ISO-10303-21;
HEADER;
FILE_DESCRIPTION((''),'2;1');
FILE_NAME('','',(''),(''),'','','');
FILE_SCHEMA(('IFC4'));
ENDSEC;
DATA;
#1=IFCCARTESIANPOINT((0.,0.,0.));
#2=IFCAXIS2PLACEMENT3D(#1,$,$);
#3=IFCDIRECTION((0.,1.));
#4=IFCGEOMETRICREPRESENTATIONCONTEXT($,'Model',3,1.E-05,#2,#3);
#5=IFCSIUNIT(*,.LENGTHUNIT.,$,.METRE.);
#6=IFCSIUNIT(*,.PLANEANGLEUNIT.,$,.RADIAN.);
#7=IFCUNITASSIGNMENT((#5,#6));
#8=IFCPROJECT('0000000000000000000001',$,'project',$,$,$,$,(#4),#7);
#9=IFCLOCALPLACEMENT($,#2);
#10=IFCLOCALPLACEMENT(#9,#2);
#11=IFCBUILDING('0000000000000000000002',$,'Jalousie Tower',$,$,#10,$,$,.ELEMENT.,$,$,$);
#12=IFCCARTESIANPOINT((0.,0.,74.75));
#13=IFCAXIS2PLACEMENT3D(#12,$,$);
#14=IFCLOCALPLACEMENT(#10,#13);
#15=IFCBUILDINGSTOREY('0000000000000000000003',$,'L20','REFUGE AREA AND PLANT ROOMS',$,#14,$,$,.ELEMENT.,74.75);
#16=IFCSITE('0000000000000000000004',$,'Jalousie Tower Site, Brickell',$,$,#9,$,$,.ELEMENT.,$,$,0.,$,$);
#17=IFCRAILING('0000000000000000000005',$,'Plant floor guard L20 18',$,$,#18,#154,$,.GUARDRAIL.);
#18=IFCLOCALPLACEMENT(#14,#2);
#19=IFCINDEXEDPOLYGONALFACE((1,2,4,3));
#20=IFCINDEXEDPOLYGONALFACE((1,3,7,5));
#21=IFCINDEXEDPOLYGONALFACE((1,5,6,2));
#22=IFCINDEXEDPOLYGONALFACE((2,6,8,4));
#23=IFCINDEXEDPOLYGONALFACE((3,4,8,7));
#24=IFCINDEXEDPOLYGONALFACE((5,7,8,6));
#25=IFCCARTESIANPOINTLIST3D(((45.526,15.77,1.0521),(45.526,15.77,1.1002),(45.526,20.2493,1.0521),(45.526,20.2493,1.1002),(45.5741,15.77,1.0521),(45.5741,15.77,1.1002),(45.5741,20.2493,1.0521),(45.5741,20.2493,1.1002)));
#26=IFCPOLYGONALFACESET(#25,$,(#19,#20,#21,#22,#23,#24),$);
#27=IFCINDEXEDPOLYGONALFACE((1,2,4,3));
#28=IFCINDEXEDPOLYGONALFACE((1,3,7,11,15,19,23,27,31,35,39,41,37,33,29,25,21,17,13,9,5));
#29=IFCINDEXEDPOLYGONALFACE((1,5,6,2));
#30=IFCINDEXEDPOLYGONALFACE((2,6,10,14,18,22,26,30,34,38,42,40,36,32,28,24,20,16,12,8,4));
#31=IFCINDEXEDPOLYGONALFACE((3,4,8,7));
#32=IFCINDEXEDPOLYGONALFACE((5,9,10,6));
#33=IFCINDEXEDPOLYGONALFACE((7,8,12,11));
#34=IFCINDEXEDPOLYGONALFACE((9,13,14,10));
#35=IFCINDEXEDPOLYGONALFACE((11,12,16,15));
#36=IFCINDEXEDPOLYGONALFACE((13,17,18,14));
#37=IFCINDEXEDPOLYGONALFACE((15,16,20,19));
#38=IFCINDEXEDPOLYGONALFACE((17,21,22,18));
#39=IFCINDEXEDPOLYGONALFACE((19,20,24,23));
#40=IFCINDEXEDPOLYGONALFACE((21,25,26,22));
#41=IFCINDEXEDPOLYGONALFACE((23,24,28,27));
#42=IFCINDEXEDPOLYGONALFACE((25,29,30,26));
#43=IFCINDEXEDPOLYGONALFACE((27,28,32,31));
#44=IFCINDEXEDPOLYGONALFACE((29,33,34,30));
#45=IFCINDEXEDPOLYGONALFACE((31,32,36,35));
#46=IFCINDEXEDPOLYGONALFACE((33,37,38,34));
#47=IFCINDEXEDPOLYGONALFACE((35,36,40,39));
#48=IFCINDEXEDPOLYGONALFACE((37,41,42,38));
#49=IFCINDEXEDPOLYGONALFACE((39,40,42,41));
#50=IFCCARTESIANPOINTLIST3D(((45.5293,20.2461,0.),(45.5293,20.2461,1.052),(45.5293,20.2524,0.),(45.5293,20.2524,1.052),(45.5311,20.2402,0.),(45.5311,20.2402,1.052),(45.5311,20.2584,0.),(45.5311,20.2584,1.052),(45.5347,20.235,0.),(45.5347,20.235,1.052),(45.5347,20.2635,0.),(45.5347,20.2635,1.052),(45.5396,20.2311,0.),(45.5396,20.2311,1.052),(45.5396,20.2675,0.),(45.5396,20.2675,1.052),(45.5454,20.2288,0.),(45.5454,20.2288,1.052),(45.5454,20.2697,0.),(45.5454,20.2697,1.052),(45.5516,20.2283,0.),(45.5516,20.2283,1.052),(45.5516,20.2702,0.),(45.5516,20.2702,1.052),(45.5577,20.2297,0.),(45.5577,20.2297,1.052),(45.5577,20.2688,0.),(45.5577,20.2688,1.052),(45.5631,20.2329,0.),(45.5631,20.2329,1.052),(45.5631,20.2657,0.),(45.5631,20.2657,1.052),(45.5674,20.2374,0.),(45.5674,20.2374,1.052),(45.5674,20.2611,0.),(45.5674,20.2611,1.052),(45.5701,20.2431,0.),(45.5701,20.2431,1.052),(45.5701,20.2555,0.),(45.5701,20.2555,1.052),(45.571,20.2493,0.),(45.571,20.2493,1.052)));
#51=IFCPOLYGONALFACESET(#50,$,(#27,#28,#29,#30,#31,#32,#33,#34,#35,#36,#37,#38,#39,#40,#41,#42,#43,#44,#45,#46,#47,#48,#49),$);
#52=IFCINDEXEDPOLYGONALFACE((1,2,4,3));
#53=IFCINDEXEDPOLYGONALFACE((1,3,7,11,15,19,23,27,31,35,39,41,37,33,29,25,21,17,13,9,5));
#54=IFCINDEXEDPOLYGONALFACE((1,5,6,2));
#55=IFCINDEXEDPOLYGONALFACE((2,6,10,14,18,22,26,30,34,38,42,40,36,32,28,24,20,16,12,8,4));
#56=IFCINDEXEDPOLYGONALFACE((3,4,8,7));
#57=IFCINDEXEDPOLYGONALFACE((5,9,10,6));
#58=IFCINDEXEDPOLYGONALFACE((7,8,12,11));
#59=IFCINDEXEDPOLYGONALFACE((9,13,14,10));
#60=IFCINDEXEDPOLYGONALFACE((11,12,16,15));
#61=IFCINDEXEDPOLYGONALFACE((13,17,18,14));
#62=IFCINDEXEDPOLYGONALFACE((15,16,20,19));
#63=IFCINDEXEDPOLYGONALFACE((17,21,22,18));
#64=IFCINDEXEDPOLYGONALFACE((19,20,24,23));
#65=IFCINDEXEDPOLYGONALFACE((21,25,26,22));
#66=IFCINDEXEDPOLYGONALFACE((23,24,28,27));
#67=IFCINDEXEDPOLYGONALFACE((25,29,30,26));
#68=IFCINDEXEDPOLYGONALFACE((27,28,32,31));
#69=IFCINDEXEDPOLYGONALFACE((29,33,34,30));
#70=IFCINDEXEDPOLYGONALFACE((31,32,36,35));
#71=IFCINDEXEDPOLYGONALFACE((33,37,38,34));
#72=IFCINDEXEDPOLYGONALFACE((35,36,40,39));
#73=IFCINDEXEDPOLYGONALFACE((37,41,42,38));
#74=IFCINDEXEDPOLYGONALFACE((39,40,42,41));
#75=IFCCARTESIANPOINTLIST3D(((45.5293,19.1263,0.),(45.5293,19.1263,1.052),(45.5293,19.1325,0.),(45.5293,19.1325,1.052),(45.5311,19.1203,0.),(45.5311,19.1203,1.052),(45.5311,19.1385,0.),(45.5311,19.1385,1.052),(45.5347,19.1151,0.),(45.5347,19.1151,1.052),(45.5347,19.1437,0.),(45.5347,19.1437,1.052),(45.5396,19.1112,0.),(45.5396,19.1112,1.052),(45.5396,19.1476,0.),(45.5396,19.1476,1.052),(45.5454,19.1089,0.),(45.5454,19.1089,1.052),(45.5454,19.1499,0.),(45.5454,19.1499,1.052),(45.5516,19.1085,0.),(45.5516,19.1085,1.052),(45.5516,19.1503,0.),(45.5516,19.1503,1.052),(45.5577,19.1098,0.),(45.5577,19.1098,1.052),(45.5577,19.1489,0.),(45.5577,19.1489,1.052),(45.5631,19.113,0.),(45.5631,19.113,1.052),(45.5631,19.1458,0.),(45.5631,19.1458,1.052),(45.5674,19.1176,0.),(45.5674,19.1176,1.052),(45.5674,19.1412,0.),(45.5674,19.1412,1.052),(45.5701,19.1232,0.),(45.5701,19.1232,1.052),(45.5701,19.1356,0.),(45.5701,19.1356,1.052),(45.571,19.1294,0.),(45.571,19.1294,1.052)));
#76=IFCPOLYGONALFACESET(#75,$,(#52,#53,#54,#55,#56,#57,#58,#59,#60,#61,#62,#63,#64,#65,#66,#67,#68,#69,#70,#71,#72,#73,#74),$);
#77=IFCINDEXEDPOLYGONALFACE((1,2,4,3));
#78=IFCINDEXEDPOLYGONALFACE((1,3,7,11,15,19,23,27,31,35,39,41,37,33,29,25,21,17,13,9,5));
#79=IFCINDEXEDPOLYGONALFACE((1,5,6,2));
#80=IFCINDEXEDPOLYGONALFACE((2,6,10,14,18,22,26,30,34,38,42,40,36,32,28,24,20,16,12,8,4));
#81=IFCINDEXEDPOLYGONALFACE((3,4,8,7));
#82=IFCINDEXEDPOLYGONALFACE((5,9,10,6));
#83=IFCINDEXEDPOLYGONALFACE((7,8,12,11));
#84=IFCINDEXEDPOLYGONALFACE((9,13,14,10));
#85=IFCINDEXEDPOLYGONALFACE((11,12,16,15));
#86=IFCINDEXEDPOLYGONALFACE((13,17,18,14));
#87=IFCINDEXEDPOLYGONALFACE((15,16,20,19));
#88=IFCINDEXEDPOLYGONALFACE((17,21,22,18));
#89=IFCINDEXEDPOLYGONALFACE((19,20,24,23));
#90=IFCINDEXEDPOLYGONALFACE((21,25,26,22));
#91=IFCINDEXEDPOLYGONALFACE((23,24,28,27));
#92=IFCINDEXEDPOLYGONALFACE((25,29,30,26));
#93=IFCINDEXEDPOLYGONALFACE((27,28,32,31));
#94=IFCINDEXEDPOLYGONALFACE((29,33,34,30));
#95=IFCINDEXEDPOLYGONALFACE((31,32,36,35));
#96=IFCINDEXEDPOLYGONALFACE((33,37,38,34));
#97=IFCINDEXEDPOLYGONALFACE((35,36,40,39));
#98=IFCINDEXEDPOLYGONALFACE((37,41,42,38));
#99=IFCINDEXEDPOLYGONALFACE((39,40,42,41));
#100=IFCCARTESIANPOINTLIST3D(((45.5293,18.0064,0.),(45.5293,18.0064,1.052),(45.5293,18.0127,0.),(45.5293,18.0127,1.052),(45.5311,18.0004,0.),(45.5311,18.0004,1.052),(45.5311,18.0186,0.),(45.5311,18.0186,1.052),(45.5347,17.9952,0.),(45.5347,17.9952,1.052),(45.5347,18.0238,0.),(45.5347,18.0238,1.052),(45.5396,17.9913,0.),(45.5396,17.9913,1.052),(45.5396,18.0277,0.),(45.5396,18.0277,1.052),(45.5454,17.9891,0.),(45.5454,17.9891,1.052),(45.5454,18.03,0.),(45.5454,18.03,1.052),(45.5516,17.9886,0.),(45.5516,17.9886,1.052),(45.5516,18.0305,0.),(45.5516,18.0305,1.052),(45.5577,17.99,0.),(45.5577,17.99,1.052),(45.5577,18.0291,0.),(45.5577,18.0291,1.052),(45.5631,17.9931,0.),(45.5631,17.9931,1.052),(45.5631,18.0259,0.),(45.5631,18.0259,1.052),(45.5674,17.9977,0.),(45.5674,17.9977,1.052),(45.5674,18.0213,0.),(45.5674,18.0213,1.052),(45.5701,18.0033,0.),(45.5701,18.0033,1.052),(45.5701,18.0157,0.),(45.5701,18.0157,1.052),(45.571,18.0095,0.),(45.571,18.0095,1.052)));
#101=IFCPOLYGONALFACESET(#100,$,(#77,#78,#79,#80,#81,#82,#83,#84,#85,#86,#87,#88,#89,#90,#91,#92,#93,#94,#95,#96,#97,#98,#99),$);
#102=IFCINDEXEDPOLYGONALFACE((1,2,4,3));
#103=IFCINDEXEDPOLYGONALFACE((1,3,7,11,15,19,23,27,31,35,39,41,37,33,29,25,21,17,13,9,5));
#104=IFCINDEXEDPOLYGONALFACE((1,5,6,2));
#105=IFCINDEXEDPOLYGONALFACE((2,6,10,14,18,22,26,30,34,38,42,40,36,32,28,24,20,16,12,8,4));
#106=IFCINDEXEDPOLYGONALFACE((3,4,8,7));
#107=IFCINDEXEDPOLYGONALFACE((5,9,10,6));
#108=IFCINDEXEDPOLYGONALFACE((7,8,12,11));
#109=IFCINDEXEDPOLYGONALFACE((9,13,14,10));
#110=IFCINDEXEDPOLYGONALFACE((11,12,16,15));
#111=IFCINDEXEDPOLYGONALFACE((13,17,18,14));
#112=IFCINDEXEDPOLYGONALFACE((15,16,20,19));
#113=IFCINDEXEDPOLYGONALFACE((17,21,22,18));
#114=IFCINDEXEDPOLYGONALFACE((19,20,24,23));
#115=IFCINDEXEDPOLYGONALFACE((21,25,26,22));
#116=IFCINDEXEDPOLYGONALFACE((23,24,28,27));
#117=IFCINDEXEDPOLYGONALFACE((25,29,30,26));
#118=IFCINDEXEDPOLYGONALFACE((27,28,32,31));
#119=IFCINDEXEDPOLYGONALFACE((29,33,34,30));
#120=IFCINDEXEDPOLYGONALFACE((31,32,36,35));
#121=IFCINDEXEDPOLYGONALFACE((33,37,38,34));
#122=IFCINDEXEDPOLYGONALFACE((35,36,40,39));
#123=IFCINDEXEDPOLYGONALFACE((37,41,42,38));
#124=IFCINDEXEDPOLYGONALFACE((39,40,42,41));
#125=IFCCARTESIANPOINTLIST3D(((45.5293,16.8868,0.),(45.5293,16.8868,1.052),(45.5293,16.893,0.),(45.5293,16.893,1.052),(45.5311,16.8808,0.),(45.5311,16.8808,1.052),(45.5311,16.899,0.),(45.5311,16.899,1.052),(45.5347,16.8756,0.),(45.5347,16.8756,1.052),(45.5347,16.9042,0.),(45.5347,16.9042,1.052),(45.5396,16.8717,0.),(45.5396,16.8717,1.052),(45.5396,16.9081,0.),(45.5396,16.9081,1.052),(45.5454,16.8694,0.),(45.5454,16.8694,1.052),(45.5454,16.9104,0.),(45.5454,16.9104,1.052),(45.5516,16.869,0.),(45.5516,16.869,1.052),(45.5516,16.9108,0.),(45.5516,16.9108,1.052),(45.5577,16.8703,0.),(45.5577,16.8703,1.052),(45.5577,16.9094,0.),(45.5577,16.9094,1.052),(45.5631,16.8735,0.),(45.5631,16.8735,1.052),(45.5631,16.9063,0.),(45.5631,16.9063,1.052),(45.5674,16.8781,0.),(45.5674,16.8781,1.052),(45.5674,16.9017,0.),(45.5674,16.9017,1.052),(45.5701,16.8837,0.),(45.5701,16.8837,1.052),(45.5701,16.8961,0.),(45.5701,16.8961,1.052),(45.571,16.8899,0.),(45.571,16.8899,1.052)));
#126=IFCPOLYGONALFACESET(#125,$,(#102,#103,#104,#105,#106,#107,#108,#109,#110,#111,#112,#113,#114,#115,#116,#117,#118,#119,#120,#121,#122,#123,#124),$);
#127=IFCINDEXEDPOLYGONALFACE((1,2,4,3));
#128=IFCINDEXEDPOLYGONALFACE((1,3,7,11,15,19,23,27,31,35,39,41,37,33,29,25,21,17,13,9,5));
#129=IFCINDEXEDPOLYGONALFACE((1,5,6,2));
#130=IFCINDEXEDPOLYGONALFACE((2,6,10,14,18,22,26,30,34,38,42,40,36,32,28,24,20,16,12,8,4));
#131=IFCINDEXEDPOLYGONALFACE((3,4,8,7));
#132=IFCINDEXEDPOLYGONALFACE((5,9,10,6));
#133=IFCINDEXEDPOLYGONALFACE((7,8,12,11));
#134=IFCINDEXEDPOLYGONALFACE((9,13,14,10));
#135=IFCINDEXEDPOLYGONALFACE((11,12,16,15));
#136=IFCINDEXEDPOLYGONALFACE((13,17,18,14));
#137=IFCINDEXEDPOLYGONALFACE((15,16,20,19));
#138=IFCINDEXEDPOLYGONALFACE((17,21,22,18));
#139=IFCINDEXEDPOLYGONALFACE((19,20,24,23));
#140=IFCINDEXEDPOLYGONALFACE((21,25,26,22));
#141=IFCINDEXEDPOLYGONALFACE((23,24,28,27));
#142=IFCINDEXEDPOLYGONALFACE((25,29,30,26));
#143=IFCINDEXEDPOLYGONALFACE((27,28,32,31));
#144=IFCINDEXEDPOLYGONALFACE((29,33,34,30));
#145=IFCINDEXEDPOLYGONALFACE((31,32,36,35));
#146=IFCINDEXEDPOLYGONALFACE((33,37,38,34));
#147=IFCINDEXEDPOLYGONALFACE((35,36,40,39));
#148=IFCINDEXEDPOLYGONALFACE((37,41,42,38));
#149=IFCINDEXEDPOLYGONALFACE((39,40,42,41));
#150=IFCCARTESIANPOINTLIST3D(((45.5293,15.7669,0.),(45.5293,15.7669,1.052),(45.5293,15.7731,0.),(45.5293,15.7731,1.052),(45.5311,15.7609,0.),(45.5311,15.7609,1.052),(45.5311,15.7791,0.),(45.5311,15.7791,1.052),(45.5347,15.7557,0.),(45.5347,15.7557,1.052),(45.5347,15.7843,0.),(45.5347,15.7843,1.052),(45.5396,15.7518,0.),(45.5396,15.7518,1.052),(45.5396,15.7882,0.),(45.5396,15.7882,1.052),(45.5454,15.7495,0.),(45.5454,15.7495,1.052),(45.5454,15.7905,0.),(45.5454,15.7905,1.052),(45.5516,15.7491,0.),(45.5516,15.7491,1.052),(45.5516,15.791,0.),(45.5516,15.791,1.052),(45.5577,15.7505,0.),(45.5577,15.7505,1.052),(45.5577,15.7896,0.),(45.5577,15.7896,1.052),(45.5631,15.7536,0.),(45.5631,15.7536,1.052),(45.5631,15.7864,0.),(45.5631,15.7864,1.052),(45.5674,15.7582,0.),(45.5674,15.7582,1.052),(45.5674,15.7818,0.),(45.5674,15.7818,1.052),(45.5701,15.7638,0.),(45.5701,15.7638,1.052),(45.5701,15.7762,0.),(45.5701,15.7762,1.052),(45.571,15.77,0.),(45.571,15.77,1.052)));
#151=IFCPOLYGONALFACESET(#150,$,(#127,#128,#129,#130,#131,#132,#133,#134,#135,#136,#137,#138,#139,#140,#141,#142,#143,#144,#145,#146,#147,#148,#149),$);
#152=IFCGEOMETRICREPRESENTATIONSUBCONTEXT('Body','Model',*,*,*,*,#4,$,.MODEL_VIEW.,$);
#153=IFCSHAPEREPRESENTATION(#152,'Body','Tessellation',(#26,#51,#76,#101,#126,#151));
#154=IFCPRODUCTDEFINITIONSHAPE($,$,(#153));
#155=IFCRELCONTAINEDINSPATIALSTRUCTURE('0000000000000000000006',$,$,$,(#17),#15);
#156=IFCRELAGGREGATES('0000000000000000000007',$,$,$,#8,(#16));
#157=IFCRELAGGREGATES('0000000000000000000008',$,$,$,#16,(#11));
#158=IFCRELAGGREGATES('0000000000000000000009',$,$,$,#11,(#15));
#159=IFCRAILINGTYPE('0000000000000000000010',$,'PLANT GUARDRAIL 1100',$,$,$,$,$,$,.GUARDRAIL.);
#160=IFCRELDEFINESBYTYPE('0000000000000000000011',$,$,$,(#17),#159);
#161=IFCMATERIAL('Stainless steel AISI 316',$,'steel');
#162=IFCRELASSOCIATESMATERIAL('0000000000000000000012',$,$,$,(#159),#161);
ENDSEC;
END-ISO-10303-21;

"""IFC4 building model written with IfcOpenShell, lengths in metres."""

from ifc_helpers import new_model, si_unit, direction, frame, origin, origin_2d, place, context, subcontext, project, spatial, rectangle, circle, extrude, material, type_object, element, save


model = new_model("IFC4")

# Units and contexts
model_context = context("Model", 3, precision=1e-05, world=origin(), true_north=direction((0.0, 1.0)))
body_context = subcontext(model_context, "Body", "Model", "MODEL_VIEW")
ifc_project = project(units=[si_unit("LENGTHUNIT", "METRE"), si_unit("PLANEANGLEUNIT", "RADIAN")], contexts=[model_context])

# Site, building, storey
site_placement = place(None, origin())
site = spatial("IfcSite", under=ifc_project, at=site_placement, Name="Jalousie Tower Site, Brickell", CompositionType="ELEMENT", RefElevation=0.0)
building_placement = place(site_placement, origin())
building = spatial("IfcBuilding", under=site, at=building_placement, Name="Jalousie Tower", CompositionType="ELEMENT")
storey_placement = place(building_placement, frame((0.0, 0.0, 74.75)))
storey = spatial("IfcBuildingStorey", under=building, at=storey_placement, Name="L20", Description="REFUGE AREA AND PLANT ROOMS", CompositionType="ELEMENT", Elevation=74.75)

# Railing
ifc_material_1 = material(Name="Stainless steel AISI 316", Category="steel")
railing_type_1 = type_object("IfcRailingType", Name="PLANT GUARDRAIL 1100", PredefinedType="GUARDRAIL", material=ifc_material_1)
railing_1_placement = place(storey_placement, frame((45.55, 20.2493, 0.0)))
element("IfcRailing", 1, at=railing_1_placement, inside=storey, type_object=railing_type_1, Name="Plant floor guard L20 18", PredefinedType="GUARDRAIL", context=body_context, shape_type="SweptSolid", body=[
    extrude(rectangle(XDim=0.0481, YDim=0.0481, at=origin_2d()), frame((0.0, 0.0, 1.0762), z_axis=(0.0, -1.0, 0.0), x_axis=(1.0, 0.0, 0.0)), (0.0, 0.0, 1.0), 4.4792),
    extrude(circle(Radius=0.021, at=origin_2d()), origin(), (0.0, 0.0, 1.0), 1.052),
    extrude(circle(Radius=0.021, at=origin_2d()), frame((0.0, -1.1199, 0.0)), (0.0, 0.0, 1.0), 1.052),
    extrude(circle(Radius=0.021, at=origin_2d()), frame((0.0, -2.2397, 0.0)), (0.0, 0.0, 1.0), 1.052),
    extrude(circle(Radius=0.021, at=origin_2d()), frame((0.0, -3.3594, 0.0)), (0.0, 0.0, 1.0), 1.052),
    extrude(circle(Radius=0.021, at=origin_2d()), frame((0.0, -4.4792, 0.0)), (0.0, 0.0, 1.0), 1.052),
])

save(model, "model.ifc")
